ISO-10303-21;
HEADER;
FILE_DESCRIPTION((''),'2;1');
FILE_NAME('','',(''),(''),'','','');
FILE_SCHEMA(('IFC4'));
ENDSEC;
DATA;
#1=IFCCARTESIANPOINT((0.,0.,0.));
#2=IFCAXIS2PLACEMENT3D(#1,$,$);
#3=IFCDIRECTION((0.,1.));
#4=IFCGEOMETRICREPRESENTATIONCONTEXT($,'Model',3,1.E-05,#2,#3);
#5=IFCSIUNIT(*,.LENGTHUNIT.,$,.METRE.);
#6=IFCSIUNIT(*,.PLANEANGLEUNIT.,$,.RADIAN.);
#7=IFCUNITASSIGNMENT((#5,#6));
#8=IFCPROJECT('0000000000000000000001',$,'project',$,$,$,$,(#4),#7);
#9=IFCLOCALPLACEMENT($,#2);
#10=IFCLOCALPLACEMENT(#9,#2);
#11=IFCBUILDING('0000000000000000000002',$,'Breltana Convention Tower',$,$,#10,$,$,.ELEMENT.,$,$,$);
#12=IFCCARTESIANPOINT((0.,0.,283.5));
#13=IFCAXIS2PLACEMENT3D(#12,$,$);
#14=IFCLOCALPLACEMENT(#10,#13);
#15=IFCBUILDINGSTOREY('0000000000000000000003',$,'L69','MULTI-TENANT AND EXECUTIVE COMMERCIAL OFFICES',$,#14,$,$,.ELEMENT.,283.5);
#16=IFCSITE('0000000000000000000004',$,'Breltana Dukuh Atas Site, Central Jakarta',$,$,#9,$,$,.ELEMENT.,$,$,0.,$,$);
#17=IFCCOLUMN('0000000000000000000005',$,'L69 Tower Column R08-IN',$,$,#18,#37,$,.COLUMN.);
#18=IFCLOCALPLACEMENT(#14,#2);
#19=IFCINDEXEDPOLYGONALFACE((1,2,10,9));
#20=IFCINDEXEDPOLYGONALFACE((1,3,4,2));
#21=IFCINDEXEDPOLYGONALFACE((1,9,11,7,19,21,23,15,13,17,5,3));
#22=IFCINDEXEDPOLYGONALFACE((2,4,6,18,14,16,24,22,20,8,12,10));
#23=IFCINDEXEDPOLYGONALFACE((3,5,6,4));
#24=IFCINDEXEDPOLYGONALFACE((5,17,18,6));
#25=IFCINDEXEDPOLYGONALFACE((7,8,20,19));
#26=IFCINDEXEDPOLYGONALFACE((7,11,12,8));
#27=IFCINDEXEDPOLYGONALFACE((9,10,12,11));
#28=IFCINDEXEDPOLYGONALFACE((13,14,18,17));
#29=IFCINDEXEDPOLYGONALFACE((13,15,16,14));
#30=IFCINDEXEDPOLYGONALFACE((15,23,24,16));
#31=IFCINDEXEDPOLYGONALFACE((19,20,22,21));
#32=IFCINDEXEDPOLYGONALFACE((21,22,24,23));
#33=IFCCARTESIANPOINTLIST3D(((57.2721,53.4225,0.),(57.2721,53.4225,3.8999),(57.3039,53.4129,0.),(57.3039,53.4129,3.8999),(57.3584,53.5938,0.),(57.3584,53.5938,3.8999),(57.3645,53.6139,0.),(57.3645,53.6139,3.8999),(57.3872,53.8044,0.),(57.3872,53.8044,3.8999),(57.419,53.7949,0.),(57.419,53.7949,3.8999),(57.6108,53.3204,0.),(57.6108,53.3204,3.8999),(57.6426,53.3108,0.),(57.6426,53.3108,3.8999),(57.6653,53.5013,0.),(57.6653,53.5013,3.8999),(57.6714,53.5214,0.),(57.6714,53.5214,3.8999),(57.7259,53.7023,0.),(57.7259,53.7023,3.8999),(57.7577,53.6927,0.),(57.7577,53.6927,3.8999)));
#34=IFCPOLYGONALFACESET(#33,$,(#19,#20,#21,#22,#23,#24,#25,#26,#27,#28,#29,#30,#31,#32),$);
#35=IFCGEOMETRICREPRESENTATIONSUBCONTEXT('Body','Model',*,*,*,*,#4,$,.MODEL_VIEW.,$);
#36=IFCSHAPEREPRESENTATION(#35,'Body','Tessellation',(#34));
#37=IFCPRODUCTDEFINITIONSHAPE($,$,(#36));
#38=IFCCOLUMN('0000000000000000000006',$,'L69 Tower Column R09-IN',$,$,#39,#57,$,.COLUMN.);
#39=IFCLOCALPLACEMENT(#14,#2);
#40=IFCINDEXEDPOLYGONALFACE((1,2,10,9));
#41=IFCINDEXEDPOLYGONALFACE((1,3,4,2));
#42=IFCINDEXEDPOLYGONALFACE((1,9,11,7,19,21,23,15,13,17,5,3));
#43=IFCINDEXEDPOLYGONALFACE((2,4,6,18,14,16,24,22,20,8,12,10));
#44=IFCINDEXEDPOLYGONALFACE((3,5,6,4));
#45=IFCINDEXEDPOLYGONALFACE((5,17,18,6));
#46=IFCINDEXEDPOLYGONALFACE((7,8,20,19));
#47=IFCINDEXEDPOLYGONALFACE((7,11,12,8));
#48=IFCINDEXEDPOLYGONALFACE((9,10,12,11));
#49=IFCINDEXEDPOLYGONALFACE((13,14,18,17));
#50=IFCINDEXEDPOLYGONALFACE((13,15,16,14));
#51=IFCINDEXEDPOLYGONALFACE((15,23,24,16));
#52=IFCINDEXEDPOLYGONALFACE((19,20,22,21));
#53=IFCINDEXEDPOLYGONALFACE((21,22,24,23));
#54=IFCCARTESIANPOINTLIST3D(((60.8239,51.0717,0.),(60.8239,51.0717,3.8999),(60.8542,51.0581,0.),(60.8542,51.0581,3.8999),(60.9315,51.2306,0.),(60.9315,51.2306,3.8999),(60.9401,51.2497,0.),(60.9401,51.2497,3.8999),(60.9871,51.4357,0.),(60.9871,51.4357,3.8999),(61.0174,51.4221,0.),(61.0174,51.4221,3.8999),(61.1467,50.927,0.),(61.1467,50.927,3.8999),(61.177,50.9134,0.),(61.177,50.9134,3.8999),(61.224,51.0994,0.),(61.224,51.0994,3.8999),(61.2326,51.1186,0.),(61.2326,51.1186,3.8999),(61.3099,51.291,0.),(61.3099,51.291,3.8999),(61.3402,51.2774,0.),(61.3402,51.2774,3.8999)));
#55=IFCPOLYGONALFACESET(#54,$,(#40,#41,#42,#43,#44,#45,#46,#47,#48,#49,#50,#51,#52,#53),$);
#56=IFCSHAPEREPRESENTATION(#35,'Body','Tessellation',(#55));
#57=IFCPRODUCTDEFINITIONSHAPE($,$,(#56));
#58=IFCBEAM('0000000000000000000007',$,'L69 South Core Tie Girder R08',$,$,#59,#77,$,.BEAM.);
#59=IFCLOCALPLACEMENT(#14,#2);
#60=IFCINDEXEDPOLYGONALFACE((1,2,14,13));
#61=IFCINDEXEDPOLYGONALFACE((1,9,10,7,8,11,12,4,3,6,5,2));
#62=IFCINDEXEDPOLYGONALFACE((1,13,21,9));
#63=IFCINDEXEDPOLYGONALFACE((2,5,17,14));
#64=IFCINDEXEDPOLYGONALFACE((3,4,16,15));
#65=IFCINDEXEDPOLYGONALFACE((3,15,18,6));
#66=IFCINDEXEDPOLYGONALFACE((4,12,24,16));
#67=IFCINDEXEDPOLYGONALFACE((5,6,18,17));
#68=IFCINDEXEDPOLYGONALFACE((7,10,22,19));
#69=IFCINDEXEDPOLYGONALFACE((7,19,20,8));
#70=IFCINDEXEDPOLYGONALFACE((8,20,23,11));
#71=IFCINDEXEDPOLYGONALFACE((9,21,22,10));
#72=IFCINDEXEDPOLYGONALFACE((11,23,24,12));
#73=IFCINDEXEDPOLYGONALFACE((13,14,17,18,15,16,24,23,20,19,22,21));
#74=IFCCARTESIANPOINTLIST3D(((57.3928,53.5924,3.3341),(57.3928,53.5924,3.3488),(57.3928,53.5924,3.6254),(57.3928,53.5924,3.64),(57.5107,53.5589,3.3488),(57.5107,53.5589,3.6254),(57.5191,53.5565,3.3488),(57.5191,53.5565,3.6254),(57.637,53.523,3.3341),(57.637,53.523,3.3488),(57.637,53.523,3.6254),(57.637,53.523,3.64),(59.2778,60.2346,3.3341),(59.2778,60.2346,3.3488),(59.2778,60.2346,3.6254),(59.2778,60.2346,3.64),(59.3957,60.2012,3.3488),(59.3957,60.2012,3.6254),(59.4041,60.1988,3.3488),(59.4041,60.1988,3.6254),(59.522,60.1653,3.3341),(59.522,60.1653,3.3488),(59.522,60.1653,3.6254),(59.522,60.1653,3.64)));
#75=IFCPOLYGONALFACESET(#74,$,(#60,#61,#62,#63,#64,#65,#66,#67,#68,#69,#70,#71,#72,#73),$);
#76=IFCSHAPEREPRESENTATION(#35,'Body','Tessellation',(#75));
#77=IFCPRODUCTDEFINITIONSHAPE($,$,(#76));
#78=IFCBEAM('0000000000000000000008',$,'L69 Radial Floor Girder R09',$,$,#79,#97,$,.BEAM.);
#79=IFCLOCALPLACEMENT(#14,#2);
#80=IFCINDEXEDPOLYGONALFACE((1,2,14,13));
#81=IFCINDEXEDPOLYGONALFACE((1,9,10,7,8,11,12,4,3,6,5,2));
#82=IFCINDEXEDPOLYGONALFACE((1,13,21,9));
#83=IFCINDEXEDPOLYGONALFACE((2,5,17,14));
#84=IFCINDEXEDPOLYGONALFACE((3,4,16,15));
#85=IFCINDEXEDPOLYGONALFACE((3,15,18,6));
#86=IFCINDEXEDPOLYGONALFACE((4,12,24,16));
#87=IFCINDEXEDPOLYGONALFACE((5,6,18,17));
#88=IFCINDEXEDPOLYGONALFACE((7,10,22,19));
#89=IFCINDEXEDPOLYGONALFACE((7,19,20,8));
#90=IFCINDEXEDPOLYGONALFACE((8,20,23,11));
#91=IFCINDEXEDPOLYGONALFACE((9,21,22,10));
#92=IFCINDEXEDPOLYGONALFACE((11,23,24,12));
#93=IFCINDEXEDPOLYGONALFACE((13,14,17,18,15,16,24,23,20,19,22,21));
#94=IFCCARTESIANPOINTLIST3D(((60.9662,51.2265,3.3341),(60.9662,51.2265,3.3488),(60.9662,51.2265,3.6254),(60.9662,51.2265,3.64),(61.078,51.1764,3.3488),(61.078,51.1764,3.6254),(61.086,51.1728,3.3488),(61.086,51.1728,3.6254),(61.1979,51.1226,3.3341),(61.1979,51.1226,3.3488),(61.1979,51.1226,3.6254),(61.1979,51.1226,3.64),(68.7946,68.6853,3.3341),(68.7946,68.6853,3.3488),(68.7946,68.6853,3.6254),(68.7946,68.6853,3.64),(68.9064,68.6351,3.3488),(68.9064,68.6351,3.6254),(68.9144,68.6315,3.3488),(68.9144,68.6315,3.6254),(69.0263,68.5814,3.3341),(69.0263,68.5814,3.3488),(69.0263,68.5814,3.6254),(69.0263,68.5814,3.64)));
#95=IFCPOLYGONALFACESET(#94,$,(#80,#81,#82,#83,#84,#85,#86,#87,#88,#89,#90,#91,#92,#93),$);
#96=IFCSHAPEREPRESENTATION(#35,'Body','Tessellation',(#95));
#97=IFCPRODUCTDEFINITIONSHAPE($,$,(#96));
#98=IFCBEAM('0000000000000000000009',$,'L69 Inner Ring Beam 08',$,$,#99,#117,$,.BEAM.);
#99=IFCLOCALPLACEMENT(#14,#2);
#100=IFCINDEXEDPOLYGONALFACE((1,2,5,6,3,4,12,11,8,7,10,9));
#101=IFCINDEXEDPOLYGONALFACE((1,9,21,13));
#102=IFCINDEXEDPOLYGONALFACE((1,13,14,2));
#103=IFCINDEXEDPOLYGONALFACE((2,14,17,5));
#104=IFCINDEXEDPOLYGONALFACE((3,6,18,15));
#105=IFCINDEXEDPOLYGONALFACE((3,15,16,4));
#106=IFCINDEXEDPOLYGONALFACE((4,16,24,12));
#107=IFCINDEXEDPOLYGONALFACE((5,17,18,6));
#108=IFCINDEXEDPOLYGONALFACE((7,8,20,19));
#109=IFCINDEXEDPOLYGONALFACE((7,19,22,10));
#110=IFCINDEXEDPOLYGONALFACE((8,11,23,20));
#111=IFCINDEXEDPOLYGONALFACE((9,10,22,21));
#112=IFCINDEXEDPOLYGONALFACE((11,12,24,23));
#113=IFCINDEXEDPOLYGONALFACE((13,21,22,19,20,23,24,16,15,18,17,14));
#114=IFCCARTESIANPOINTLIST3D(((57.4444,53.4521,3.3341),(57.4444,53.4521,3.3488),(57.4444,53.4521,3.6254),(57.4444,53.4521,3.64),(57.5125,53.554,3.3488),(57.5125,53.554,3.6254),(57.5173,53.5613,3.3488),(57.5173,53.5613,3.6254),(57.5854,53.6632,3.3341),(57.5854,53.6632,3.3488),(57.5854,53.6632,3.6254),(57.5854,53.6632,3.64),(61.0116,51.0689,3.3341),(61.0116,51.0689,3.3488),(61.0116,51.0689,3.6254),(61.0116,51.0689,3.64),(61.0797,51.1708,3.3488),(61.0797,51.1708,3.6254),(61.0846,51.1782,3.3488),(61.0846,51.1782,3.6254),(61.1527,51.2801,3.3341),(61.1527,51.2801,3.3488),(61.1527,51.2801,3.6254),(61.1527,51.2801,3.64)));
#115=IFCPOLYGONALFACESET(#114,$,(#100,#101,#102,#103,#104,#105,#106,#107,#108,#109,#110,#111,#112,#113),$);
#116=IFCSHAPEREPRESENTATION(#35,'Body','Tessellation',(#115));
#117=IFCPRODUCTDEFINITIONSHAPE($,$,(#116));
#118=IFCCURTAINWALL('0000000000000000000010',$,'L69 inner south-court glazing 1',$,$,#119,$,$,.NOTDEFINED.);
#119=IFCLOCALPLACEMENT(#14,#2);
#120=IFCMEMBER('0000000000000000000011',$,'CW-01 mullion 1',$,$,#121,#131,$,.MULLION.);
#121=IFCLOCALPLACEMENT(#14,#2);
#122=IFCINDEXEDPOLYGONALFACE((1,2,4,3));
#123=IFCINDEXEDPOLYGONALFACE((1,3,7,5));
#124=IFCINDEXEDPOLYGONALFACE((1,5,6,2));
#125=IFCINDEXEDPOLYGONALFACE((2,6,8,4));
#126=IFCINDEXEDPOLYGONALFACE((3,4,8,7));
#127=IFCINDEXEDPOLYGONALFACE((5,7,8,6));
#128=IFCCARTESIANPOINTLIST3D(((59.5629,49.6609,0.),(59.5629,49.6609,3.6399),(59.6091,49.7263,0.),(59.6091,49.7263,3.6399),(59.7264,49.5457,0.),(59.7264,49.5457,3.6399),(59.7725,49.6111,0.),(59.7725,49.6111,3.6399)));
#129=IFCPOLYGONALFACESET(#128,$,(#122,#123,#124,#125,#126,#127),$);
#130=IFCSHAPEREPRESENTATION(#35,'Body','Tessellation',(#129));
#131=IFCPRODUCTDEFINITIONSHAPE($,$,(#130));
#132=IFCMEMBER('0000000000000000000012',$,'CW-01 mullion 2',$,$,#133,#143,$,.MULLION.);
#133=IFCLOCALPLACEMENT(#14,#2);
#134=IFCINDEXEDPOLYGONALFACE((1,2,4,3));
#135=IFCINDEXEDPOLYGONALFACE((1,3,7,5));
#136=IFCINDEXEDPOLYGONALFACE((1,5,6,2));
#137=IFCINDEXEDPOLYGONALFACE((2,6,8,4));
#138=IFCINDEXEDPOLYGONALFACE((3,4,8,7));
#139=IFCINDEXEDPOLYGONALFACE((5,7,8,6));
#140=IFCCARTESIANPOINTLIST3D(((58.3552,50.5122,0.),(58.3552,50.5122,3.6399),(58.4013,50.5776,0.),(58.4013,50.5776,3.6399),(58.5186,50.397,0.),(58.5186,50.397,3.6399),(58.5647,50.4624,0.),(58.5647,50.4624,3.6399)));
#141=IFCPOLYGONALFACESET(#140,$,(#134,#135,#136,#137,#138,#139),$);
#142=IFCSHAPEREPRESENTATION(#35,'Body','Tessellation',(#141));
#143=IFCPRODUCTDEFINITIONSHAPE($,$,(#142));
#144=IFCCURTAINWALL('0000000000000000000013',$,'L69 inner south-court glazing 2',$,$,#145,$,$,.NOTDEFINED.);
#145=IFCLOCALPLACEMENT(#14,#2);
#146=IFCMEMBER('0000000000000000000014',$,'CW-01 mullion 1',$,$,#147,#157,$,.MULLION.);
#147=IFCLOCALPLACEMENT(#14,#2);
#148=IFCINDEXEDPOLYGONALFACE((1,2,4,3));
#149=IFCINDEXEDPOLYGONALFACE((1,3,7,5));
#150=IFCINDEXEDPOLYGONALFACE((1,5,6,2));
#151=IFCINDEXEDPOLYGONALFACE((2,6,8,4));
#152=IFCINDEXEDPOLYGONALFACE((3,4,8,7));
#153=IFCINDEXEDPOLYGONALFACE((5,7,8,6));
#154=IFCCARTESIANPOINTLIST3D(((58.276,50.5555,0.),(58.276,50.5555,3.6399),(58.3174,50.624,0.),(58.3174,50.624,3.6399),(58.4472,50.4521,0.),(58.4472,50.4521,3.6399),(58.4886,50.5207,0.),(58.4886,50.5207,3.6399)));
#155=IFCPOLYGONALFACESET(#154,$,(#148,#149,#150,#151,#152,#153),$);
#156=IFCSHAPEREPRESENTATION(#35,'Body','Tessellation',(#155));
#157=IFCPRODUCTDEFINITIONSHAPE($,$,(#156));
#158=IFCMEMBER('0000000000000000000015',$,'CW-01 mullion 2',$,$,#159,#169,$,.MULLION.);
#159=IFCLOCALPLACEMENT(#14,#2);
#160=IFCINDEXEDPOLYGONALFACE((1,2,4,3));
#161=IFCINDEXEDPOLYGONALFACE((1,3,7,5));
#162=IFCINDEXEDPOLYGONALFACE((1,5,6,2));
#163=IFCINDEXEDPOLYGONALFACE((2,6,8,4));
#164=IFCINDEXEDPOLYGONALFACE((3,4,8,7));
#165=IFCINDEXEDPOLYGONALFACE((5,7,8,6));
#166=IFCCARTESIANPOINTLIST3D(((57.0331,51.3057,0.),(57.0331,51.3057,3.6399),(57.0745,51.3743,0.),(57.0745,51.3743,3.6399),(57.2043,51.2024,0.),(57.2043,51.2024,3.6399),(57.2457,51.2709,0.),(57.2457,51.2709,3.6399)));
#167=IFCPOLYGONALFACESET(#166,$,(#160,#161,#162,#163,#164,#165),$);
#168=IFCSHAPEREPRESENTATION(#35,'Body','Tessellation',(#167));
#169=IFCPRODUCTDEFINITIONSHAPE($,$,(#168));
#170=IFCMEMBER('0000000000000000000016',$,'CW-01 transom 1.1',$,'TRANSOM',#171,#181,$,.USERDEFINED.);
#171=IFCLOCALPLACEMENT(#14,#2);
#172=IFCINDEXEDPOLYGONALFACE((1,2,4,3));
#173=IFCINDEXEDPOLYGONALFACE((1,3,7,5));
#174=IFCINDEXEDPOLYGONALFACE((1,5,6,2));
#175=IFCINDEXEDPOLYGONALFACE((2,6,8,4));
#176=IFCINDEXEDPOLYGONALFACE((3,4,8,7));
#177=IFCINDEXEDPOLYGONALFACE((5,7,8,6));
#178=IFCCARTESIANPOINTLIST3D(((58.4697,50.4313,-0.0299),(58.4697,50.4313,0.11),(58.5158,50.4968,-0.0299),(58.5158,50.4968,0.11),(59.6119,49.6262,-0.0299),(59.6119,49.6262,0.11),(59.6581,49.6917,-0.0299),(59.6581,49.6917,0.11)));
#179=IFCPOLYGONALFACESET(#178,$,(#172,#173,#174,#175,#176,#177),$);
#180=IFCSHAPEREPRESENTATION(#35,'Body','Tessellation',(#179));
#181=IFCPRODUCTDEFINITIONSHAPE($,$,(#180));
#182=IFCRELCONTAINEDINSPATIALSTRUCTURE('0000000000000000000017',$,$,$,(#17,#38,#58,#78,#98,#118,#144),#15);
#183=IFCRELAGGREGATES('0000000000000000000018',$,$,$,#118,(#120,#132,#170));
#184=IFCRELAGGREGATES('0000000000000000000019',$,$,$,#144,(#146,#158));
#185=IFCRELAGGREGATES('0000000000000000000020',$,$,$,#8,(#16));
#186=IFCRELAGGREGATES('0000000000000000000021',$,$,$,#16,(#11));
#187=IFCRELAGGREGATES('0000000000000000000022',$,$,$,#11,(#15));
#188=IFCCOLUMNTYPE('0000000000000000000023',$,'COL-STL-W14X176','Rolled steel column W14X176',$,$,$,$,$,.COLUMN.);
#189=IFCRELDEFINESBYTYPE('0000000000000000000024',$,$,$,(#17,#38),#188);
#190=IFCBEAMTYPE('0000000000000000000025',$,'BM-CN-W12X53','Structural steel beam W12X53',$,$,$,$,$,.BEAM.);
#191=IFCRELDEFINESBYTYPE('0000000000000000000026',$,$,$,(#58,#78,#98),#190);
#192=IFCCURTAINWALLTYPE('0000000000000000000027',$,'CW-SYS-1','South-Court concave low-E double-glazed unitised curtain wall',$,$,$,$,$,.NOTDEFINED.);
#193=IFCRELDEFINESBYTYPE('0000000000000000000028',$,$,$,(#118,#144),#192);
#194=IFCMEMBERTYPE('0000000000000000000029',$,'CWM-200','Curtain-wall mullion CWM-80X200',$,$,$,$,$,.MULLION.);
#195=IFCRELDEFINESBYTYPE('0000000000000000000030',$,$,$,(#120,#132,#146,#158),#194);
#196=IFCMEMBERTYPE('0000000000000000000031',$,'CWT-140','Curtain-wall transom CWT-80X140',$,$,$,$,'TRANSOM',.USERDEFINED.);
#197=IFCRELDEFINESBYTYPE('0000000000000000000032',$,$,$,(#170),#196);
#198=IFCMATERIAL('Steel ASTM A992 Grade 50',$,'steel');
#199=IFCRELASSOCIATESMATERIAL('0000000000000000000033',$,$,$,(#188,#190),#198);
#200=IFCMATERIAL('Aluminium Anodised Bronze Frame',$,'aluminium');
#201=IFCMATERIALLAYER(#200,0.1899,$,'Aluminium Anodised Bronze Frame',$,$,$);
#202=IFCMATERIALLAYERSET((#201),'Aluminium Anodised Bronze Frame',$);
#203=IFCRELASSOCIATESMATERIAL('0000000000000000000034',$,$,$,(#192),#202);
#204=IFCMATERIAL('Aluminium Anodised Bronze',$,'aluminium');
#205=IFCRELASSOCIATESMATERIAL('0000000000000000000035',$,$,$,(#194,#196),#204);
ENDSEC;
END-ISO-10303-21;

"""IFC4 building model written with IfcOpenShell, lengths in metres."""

from ifc_helpers import new_model, si_unit, direction, frame, origin, origin_2d, place, context, subcontext, project, spatial, rectangle, i_section, extrude, source, transform, mapped, material, layer, layer_set, material_profile, profile_set, type_object, type_shapes, element, aggregate, save


model = new_model("IFC4")

# Units and contexts
model_context = context("Model", 3, precision=1e-05, world=origin(), true_north=direction((0.0, 1.0)))
body_context = subcontext(model_context, "Body", "Model", "MODEL_VIEW")
ifc_project = project(units=[si_unit("LENGTHUNIT", "METRE"), si_unit("PLANEANGLEUNIT", "RADIAN")], contexts=[model_context])

# Site, building, storey
site_placement = place(None, origin())
site = spatial("IfcSite", under=ifc_project, at=site_placement, Name="Breltana Dukuh Atas Site, Central Jakarta", CompositionType="ELEMENT", RefElevation=0.0)
building_placement = place(site_placement, origin())
building = spatial("IfcBuilding", under=site, at=building_placement, Name="Breltana Convention Tower", CompositionType="ELEMENT")
storey_placement = place(building_placement, frame((0.0, 0.0, 283.5)))
storey = spatial("IfcBuildingStorey", under=building, at=storey_placement, Name="L69", Description="MULTI-TENANT AND EXECUTIVE COMMERCIAL OFFICES", CompositionType="ELEMENT", Elevation=283.5)

# Columns
ifc_material_1 = material(Name="Steel ASTM A992 Grade 50", Category="steel")
ifc_material_profile_1 = material_profile(ifc_material_1, i_section(OverallWidth=0.3989, OverallDepth=0.387, WebThickness=0.021, FlangeThickness=0.0332, at=origin_2d()), Name="W14X176")
ifc_profile_set_1 = profile_set([ifc_material_profile_1], Name="Steel ASTM A992 Grade 50")
column_type = type_object("IfcColumnType", Name="COL-STL-W14X176", Description="Rolled steel column W14X176", PredefinedType="COLUMN", material=ifc_profile_set_1)
shared_shape_1 = source(origin(), body_context, "Body", "SweptSolid", [
    extrude(i_section(OverallWidth=0.3989, OverallDepth=0.387, WebThickness=0.021, FlangeThickness=0.0332, at=origin_2d()), origin(), (0.0, 0.0, 1.0), 3.8999),
])
type_shapes(column_type, [shared_shape_1])
for number, where, z_axis, x_axis, name in (
    (1, (57.5149, 53.5576, 0.0), (0.0, 0.0, 1.0), (0.288698, 0.95742, 0.0), "L69 Tower Column R08-IN"),
    (2, (61.082, 51.1746, 0.0), (0.0, 0.0, 1.0), (0.409127, 0.912477, 0.0), "L69 Tower Column R09-IN"),
):
    element("IfcColumn", number, at=place(storey_placement, frame(where, z_axis=z_axis, x_axis=x_axis)), inside=storey, type_object=column_type, Name=name, PredefinedType="COLUMN", context=body_context, shape_type="MappedRepresentation", body=[
        mapped(shared_shape_1, transform((0.0, 0.0, 0.0), scale=1.0)),
    ])

# Beams
ifc_material_profile_2 = material_profile(ifc_material_1, i_section(OverallWidth=0.2539, OverallDepth=0.3059, WebThickness=0.0088, FlangeThickness=0.0146, at=origin_2d()), Name="W12X53")
ifc_profile_set_2 = profile_set([ifc_material_profile_2], Name="Steel ASTM A992 Grade 50")
beam_type = type_object("IfcBeamType", Name="BM-CN-W12X53", Description="Structural steel beam W12X53", PredefinedType="BEAM", material=ifc_profile_set_2)
shared_shape_2 = source(origin(), body_context, "Body", "SweptSolid", [
    extrude(i_section(OverallWidth=0.2539, OverallDepth=0.3059, WebThickness=0.0088, FlangeThickness=0.0146, at=origin_2d()), origin(), (0.0, 0.0, 1.0), 6.9045),
])
beam_1_placement = place(storey_placement, frame((59.3999, 60.2, 3.4871), z_axis=(-0.273007, -0.962012, 0.0), x_axis=(0.962012, -0.273007, 0.0)))
element("IfcBeam", 3, at=beam_1_placement, inside=storey, type_object=beam_type, Name="L69 South Core Tie Girder R08", PredefinedType="BEAM", context=body_context, shape_type="MappedRepresentation", body=[
    mapped(shared_shape_2, transform((0.0, 0.0, 0.0), scale=1.0)),
])
shared_shape_3 = source(origin(), body_context, "Body", "SweptSolid", [
    extrude(i_section(OverallWidth=0.2539, OverallDepth=0.3059, WebThickness=0.0088, FlangeThickness=0.0146, at=origin_2d()), origin(), (0.0, 0.0, 1.0), 19.1335),
])
beam_2_placement = place(storey_placement, frame((61.082, 51.1746, 3.4871), z_axis=(0.409145, 0.91247, 0.0), x_axis=(-0.91247, 0.409145, 0.0)))
element("IfcBeam", 4, at=beam_2_placement, inside=storey, type_object=beam_type, Name="L69 Radial Floor Girder R09", PredefinedType="BEAM", context=body_context, shape_type="MappedRepresentation", body=[
    mapped(shared_shape_3, transform((0.0, 0.0, 0.0), scale=1.0)),
])
shared_shape_4 = source(origin(), body_context, "Body", "SweptSolid", [
    extrude(i_section(OverallWidth=0.2539, OverallDepth=0.3059, WebThickness=0.0088, FlangeThickness=0.0146, at=origin_2d()), origin(), (0.0, 0.0, 1.0), 4.29),
])
beam_3_placement = place(storey_placement, frame((57.5149, 53.5576, 3.4871), z_axis=(0.831516, -0.555501, 0.0), x_axis=(0.555501, 0.831516, 0.0)))
element("IfcBeam", 5, at=beam_3_placement, inside=storey, type_object=beam_type, Name="L69 Inner Ring Beam 08", PredefinedType="BEAM", context=body_context, shape_type="MappedRepresentation", body=[
    mapped(shared_shape_4, transform((0.0, 0.0, 0.0), scale=1.0)),
])

# Curtain walls, members
ifc_material_2 = material(Name="Aluminium Anodised Bronze Frame", Category="aluminium")
ifc_layer_1 = layer(ifc_material_2, 0.1899, Name="Aluminium Anodised Bronze Frame")
ifc_layer_set_1 = layer_set([ifc_layer_1], Name="Aluminium Anodised Bronze Frame")
curtain_wall_type = type_object("IfcCurtainWallType", Name="CW-SYS-1", Description="South-Court concave low-E double-glazed unitised curtain wall", PredefinedType="NOTDEFINED", material=ifc_layer_set_1)
curtain_wall_1_placement = place(storey_placement, origin())
curtain_wall_1 = element("IfcCurtainWall", 6, at=curtain_wall_1_placement, inside=storey, type_object=curtain_wall_type, Name="L69 inner south-court glazing 1", PredefinedType="NOTDEFINED")
ifc_material_3 = material(Name="Aluminium Anodised Bronze", Category="aluminium")
ifc_material_profile_3 = material_profile(ifc_material_3, rectangle(XDim=0.0801, YDim=0.2, at=origin_2d()), Name="CWM-80X200")
ifc_profile_set_3 = profile_set([ifc_material_profile_3], Name="Aluminium Anodised Bronze")
member_type_1 = type_object("IfcMemberType", Name="CWM-200", Description="Curtain-wall mullion CWM-80X200", PredefinedType="MULLION", material=ifc_profile_set_3)
shared_shape_5 = source(origin(), body_context, "Body", "SweptSolid", [
    extrude(rectangle(XDim=0.0801, YDim=0.2, at=origin_2d()), origin(), (0.0, 0.0, 1.0), 3.6399),
])
member_1_placement = place(storey_placement, frame((59.6677, 49.636, 0.0), z_axis=(0.0, 0.0, 1.0), x_axis=(-0.576174, -0.817327, 0.0)))
member_1 = element("IfcMember", 7, at=member_1_placement, type_object=member_type_1, Name="CW-01 mullion 1", PredefinedType="MULLION", context=body_context, shape_type="MappedRepresentation", body=[
    mapped(shared_shape_5, transform((0.0, 0.0, 0.0), scale=1.0)),
])
member_2_placement = place(storey_placement, frame((58.46, 50.4873, 0.0), z_axis=(0.0, 0.0, 1.0), x_axis=(-0.576174, -0.817327, 0.0)))
member_2 = element("IfcMember", 8, at=member_2_placement, type_object=member_type_1, Name="CW-01 mullion 2", PredefinedType="MULLION", context=body_context, shape_type="MappedRepresentation", body=[
    mapped(shared_shape_5, transform((0.0, 0.0, 0.0), scale=1.0)),
])
curtain_wall_2_placement = place(storey_placement, origin())
curtain_wall_2 = element("IfcCurtainWall", 9, at=curtain_wall_2_placement, inside=storey, type_object=curtain_wall_type, Name="L69 inner south-court glazing 2", PredefinedType="NOTDEFINED")
member_3_placement = place(storey_placement, frame((58.3823, 50.5381, 0.0), z_axis=(0.0, 0.0, 1.0), x_axis=(-0.516827, -0.85609, 0.0)))
member_3 = element("IfcMember", 10, at=member_3_placement, type_object=member_type_1, Name="CW-01 mullion 1", PredefinedType="MULLION", context=body_context, shape_type="MappedRepresentation", body=[
    mapped(shared_shape_5, transform((0.0, 0.0, 0.0), scale=1.0)),
])
member_4_placement = place(storey_placement, frame((57.1394, 51.2883, 0.0), z_axis=(0.0, 0.0, 1.0), x_axis=(-0.516827, -0.85609, 0.0)))
member_4 = element("IfcMember", 11, at=member_4_placement, type_object=member_type_1, Name="CW-01 mullion 2", PredefinedType="MULLION", context=body_context, shape_type="MappedRepresentation", body=[
    mapped(shared_shape_5, transform((0.0, 0.0, 0.0), scale=1.0)),
])

# Member
ifc_material_profile_4 = material_profile(ifc_material_3, rectangle(XDim=0.0801, YDim=0.1399, at=origin_2d()), Name="CWT-80X140")
ifc_profile_set_4 = profile_set([ifc_material_profile_4], Name="Aluminium Anodised Bronze")
member_type_2 = type_object("IfcMemberType", Name="CWT-140", Description="Curtain-wall transom CWT-80X140", ElementType="TRANSOM", PredefinedType="USERDEFINED", material=ifc_profile_set_4)
shared_shape_6 = source(origin(), body_context, "Body", "SweptSolid", [
    extrude(rectangle(XDim=0.0801, YDim=0.1399, at=origin_2d()), origin(), (0.0, 0.0, 1.0), 1.3975),
])
member_5_placement = place(storey_placement, frame((59.635, 49.6589, 0.04), z_axis=(-0.817365, 0.576121, 0.0), x_axis=(-0.576121, -0.817365, 0.0)))
member_5 = element("IfcMember", 12, at=member_5_placement, type_object=member_type_2, Name="CW-01 transom 1.1", ObjectType="TRANSOM", PredefinedType="USERDEFINED", context=body_context, shape_type="MappedRepresentation", body=[
    mapped(shared_shape_6, transform((0.0, 0.0, 0.0), scale=1.0)),
])

aggregate(curtain_wall_1, [member_1, member_2, member_5])
aggregate(curtain_wall_2, [member_3, member_4])

save(model, "model.ifc")
